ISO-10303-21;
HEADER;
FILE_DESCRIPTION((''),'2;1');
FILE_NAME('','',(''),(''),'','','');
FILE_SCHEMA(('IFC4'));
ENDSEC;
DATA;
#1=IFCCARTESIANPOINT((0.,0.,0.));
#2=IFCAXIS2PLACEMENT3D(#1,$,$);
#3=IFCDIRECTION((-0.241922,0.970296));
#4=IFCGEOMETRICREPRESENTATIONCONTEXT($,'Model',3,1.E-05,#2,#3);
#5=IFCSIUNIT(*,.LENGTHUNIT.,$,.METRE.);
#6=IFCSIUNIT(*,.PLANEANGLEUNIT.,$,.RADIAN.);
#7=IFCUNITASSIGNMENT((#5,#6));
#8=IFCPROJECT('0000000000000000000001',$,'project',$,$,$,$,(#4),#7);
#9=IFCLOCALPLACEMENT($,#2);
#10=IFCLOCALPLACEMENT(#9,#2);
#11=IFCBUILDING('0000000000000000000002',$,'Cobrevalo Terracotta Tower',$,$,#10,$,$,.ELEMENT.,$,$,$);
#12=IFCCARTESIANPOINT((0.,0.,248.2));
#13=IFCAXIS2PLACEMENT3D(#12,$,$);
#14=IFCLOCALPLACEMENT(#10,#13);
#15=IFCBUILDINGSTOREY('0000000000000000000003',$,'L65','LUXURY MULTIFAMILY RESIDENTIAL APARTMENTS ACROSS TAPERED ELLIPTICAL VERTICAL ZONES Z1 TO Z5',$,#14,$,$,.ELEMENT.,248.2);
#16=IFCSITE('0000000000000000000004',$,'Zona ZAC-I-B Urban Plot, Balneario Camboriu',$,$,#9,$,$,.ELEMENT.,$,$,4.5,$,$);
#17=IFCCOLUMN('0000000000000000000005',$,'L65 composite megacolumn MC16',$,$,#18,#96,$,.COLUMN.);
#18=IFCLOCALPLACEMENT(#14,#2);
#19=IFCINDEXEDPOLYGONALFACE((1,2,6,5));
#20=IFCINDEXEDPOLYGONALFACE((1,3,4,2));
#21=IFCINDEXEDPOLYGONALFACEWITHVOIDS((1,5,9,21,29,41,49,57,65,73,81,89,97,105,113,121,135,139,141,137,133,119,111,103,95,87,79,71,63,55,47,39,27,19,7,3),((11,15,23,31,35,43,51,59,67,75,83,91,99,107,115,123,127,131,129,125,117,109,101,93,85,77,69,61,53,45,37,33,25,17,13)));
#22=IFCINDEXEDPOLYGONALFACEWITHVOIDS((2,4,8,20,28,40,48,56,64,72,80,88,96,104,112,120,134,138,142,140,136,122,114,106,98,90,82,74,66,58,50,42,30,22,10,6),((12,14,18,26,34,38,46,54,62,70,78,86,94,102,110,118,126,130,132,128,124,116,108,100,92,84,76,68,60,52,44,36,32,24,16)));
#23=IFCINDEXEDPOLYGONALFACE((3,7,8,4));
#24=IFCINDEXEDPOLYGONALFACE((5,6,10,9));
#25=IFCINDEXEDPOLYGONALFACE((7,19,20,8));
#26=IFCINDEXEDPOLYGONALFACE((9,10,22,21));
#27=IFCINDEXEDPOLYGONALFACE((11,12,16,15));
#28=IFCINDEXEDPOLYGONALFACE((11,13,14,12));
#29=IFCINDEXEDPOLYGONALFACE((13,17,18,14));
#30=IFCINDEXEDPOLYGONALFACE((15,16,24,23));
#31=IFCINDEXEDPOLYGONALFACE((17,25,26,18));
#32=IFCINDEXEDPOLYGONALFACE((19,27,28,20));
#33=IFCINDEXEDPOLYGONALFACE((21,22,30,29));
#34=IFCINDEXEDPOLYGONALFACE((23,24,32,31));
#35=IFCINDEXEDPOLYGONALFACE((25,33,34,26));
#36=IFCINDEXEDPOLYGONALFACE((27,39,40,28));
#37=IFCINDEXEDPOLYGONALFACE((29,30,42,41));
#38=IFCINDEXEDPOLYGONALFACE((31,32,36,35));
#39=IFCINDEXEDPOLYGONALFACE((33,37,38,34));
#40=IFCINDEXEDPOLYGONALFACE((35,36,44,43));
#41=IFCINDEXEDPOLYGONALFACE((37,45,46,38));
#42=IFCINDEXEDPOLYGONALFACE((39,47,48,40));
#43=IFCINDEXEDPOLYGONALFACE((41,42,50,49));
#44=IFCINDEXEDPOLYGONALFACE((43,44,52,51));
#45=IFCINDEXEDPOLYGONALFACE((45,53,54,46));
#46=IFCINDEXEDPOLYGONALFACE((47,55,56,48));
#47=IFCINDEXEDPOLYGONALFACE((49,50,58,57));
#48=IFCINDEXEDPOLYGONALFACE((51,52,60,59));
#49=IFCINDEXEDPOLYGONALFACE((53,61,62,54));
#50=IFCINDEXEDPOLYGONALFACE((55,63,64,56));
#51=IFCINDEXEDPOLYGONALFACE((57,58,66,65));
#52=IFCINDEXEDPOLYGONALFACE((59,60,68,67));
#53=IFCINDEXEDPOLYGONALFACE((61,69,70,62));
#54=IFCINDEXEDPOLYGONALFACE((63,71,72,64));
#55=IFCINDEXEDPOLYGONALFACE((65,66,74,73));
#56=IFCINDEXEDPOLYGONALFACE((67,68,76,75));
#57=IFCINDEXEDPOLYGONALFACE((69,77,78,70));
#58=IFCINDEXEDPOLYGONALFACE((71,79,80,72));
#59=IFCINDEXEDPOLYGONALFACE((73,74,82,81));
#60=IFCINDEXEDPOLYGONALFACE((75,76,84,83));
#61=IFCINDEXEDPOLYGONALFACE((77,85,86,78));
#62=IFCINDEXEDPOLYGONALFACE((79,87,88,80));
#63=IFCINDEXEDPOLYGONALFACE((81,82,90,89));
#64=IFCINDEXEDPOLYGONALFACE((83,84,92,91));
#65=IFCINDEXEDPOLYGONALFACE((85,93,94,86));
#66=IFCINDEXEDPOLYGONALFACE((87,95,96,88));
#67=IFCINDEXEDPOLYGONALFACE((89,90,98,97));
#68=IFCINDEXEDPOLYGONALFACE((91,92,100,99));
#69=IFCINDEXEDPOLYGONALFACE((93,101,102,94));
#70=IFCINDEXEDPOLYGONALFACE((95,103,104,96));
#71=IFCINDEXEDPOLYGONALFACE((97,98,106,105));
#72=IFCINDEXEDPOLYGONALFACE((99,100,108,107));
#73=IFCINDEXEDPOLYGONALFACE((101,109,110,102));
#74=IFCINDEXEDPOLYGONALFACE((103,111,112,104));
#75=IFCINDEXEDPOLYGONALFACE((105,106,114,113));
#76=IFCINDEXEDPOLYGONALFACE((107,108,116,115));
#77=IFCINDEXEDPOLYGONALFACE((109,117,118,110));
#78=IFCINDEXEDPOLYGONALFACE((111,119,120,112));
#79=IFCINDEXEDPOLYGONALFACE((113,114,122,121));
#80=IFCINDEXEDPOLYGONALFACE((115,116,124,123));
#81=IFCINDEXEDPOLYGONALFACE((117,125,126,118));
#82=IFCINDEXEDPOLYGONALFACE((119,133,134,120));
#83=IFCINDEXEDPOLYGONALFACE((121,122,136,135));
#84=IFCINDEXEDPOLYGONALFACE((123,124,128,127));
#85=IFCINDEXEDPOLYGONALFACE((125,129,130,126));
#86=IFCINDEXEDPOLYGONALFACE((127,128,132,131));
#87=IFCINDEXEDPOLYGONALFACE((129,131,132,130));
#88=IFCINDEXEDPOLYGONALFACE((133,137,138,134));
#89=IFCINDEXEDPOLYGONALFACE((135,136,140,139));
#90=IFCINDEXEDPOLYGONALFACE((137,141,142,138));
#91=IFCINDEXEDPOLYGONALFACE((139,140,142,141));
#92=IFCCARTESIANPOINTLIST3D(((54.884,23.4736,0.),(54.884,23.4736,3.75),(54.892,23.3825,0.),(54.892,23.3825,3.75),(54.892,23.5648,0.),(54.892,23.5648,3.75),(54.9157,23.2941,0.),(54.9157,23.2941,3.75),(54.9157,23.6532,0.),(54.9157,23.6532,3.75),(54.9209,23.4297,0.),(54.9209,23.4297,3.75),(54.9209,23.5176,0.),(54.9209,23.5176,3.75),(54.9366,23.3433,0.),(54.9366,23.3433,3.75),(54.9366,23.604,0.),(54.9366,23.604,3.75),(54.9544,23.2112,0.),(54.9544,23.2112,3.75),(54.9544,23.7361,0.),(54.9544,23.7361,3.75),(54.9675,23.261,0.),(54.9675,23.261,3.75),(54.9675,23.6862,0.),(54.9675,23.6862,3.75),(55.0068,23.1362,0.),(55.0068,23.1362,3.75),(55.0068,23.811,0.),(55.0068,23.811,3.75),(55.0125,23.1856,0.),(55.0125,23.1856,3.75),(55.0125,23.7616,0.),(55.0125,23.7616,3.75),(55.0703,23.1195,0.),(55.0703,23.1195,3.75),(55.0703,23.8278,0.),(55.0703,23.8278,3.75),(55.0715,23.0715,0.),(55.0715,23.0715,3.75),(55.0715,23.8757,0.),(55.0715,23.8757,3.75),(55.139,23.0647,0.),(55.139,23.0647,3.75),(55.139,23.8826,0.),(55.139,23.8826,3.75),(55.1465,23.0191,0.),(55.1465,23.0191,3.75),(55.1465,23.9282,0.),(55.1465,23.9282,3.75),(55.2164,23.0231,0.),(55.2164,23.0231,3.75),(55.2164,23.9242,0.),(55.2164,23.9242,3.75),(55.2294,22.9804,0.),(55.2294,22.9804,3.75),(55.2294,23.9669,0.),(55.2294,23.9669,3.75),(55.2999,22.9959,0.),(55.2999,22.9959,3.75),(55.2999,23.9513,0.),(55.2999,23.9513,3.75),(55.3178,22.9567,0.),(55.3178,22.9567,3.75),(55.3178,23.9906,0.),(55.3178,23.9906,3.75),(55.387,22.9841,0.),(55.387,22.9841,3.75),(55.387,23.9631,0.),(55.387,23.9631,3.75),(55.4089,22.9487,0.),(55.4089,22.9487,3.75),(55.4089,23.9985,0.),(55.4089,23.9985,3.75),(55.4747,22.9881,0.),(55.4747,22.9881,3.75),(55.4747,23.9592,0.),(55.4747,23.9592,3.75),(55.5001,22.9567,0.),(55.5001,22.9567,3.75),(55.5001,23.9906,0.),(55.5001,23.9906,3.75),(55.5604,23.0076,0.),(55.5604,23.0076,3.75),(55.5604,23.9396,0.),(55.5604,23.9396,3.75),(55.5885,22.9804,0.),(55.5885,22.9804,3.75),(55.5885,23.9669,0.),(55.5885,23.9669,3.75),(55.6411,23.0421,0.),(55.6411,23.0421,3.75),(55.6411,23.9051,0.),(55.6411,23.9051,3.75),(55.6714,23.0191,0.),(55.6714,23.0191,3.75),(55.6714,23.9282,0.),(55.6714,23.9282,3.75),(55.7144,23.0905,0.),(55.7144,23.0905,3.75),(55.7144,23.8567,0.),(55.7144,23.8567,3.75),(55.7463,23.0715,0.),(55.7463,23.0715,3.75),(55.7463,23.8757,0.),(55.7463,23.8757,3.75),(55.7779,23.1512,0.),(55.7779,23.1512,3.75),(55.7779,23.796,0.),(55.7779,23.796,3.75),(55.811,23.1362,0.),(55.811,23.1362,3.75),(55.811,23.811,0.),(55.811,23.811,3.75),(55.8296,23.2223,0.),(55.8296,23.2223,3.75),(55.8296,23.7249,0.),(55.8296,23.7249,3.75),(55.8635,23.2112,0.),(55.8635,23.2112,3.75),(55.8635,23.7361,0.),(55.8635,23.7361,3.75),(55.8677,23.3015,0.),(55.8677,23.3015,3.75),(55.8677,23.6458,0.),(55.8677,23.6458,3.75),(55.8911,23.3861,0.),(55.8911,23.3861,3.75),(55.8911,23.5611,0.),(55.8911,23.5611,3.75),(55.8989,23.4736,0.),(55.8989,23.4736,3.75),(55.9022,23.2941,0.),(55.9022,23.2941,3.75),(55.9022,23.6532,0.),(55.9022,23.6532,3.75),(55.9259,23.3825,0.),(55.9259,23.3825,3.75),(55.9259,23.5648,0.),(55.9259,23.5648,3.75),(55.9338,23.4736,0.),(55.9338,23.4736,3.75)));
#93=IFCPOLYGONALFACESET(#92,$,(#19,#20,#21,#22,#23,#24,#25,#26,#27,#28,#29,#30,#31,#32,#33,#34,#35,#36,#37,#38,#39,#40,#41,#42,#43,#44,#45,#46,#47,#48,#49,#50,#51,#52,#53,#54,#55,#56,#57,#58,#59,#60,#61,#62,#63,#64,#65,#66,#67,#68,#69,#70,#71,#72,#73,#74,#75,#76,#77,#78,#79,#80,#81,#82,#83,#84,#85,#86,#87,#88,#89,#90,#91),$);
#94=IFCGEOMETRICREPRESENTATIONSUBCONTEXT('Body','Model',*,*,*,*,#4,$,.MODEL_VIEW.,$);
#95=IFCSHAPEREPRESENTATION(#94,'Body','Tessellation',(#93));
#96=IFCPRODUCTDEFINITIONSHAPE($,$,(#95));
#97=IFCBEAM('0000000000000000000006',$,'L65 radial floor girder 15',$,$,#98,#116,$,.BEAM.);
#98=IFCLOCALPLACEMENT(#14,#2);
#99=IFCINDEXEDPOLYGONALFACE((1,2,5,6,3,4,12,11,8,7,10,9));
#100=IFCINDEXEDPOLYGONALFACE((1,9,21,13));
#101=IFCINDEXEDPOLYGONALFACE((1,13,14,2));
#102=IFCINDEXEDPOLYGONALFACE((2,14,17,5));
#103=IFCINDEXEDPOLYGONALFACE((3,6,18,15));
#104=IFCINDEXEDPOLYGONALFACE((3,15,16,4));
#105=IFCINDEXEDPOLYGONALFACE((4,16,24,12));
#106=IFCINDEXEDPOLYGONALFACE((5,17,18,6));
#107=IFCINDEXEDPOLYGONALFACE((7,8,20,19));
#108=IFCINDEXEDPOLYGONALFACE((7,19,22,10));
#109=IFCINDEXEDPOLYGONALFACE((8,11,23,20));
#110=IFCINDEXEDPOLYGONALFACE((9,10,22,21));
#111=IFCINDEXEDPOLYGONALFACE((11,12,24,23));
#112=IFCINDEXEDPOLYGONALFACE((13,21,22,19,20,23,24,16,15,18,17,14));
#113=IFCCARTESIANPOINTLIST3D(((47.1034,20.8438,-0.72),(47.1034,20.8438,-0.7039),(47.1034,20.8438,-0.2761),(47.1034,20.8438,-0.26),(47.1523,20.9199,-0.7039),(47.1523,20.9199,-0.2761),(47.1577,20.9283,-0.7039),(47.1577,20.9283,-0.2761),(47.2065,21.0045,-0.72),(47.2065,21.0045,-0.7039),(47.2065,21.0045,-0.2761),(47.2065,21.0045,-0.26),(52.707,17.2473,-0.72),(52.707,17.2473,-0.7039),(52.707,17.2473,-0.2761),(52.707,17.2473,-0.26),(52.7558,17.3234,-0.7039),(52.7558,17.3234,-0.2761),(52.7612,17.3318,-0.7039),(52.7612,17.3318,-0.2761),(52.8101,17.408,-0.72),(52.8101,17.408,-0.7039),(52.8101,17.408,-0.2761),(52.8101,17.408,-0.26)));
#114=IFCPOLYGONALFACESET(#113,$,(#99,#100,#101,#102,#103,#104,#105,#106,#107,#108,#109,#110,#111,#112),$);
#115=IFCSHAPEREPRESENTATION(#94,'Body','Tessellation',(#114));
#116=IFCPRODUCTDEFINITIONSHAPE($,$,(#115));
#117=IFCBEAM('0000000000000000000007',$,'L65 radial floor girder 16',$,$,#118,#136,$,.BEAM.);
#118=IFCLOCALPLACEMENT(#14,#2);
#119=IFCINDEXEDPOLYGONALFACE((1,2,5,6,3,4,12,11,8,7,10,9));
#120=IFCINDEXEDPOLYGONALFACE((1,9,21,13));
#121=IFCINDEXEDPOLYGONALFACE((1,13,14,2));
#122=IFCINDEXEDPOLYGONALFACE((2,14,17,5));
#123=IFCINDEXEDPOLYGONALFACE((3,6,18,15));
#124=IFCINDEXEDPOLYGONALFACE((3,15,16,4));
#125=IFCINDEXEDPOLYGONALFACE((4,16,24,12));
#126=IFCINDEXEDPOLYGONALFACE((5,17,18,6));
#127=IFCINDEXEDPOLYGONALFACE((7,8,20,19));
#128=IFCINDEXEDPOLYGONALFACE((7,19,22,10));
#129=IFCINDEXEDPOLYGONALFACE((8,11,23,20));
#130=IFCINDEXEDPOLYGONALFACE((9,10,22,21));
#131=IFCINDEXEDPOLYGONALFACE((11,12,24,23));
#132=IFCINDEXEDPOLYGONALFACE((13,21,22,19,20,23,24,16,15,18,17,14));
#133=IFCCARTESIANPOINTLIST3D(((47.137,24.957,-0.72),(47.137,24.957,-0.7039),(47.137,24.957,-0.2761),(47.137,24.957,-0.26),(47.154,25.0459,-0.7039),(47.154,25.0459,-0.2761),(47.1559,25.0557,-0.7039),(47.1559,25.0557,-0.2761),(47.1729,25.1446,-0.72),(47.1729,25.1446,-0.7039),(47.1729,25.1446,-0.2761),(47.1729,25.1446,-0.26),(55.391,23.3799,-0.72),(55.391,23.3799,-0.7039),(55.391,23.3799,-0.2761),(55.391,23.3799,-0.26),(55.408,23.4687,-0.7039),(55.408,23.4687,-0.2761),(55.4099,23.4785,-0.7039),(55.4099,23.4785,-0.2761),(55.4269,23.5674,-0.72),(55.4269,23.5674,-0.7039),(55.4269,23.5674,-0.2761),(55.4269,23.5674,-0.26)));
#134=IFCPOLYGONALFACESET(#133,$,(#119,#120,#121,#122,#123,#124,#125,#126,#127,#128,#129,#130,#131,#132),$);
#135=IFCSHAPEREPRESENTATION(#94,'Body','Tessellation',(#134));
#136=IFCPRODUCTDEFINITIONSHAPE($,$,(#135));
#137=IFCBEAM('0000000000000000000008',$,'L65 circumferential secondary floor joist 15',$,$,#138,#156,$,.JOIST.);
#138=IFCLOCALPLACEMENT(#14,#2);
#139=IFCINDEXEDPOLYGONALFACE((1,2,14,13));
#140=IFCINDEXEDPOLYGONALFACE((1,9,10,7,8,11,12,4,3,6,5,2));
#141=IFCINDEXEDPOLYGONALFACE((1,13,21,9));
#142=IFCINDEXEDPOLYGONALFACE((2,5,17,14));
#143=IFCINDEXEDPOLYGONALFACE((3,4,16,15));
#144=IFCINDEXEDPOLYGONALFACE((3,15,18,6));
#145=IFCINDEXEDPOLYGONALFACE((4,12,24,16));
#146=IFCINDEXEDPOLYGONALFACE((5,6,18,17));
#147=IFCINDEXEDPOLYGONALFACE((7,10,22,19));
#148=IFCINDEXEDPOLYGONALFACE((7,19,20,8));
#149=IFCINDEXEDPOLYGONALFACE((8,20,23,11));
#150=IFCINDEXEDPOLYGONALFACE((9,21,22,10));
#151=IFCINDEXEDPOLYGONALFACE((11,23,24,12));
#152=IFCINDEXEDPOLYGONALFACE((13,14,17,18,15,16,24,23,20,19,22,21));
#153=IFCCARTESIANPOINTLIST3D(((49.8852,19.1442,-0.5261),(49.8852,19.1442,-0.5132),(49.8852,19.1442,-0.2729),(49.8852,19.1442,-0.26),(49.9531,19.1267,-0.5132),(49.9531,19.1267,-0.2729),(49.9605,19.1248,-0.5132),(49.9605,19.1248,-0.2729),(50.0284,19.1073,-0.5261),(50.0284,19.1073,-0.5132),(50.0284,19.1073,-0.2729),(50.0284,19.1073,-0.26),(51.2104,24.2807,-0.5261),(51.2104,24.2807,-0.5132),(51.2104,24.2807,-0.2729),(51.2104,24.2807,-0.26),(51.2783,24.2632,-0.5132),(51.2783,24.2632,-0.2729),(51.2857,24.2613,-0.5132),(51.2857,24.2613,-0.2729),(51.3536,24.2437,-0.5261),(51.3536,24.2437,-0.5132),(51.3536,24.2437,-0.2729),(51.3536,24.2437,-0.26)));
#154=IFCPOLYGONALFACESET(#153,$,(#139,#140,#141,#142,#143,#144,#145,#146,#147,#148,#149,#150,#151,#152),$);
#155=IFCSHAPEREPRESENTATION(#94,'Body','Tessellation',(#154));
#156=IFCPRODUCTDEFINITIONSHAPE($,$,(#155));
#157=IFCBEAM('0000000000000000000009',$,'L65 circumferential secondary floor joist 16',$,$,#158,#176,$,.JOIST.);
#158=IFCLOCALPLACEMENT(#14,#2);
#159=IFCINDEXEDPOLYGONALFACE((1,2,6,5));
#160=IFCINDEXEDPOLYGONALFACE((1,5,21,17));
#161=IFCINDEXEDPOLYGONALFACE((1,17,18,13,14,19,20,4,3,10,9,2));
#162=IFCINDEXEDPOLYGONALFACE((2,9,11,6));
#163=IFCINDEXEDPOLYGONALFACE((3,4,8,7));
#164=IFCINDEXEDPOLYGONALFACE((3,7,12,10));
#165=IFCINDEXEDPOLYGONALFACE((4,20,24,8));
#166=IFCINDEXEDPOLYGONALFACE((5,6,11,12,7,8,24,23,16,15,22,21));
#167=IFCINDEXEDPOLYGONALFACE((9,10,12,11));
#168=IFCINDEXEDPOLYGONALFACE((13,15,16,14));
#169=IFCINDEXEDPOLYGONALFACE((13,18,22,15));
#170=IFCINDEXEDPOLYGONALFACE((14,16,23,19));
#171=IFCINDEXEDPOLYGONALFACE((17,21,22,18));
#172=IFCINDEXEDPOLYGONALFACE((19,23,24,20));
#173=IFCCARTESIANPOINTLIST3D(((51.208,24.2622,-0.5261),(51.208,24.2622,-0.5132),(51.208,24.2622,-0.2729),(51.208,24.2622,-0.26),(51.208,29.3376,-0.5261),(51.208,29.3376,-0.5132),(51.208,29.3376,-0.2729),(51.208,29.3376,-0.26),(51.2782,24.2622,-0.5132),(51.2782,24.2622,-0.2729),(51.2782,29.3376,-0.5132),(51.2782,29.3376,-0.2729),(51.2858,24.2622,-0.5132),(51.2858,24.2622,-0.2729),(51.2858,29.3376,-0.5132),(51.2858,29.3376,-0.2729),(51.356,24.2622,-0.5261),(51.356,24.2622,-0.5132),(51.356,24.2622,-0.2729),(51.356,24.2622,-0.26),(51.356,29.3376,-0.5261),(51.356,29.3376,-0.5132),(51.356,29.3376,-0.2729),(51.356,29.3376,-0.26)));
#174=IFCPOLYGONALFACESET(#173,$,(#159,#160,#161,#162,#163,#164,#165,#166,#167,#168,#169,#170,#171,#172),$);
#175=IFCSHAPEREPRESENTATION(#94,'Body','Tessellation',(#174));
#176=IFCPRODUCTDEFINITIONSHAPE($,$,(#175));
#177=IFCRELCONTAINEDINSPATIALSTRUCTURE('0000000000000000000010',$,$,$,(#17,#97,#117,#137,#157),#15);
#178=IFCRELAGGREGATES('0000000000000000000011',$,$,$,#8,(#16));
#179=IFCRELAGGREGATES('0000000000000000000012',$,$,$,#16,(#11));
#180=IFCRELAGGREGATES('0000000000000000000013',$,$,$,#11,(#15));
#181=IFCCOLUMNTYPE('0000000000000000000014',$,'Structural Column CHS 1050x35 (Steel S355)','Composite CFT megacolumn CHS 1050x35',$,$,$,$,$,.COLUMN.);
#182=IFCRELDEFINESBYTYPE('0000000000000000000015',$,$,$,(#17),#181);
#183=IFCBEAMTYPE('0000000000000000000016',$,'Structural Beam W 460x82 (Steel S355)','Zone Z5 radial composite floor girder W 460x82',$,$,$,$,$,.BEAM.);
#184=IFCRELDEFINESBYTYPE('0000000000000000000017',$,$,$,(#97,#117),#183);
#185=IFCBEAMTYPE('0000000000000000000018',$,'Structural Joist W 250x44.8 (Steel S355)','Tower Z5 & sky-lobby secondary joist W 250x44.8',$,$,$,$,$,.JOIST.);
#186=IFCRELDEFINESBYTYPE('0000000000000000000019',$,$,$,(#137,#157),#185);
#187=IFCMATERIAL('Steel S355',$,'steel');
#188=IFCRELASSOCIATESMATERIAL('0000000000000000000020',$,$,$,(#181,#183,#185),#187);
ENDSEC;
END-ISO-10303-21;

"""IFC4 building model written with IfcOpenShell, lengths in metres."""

from ifc_helpers import new_model, si_unit, direction, frame, origin, origin_2d, place, context, subcontext, project, spatial, hollow_circle, i_section, extrude, material, material_profile, profile_set, type_object, element, save


model = new_model("IFC4")

# Units and contexts
model_context = context("Model", 3, precision=1e-05, world=origin(), true_north=direction((-0.241922, 0.970296)))
body_context = subcontext(model_context, "Body", "Model", "MODEL_VIEW")
ifc_project = project(units=[si_unit("LENGTHUNIT", "METRE"), si_unit("PLANEANGLEUNIT", "RADIAN")], contexts=[model_context])

# Site, building, storey
site_placement = place(None, origin())
site = spatial("IfcSite", under=ifc_project, at=site_placement, Name="Zona ZAC-I-B Urban Plot, Balneario Camboriu", CompositionType="ELEMENT", RefElevation=4.5)
building_placement = place(site_placement, origin())
building = spatial("IfcBuilding", under=site, at=building_placement, Name="Cobrevalo Terracotta Tower", CompositionType="ELEMENT")
storey_placement = place(building_placement, frame((0.0, 0.0, 248.2)))
storey = spatial("IfcBuildingStorey", under=building, at=storey_placement, Name="L65", Description="LUXURY MULTIFAMILY RESIDENTIAL APARTMENTS ACROSS TAPERED ELLIPTICAL VERTICAL ZONES Z1 TO Z5", CompositionType="ELEMENT", Elevation=248.2)

# Column
ifc_material_1 = material(Name="Steel S355", Category="steel")
ifc_material_profile_1 = material_profile(ifc_material_1, hollow_circle(Radius=0.5249, WallThickness=0.0349, at=origin_2d()), Name="CHS 1050x35")
ifc_profile_set_1 = profile_set([ifc_material_profile_1], Name="Steel S355")
column_type = type_object("IfcColumnType", Name="Structural Column CHS 1050x35 (Steel S355)", Description="Composite CFT megacolumn CHS 1050x35", PredefinedType="COLUMN", material=ifc_profile_set_1)
column_placement = place(storey_placement, frame((55.4089, 23.4736, 0.0), z_axis=(0.0, 0.0, 1.0), x_axis=(1.0, 0.0, 0.0)))
element("IfcColumn", 1, at=column_placement, inside=storey, type_object=column_type, Name="L65 composite megacolumn MC16", PredefinedType="COLUMN", context=body_context, shape_type="SweptSolid", body=[
    extrude(hollow_circle(Radius=0.5249, WallThickness=0.0349, at=origin_2d()), origin(), (0.0, 0.0, 1.0), 3.75),
])

# Beams
ifc_material_profile_2 = material_profile(ifc_material_1, i_section(OverallWidth=0.1909, OverallDepth=0.46, WebThickness=0.01, FlangeThickness=0.0161, at=origin_2d()), Name="W 460x82")
ifc_profile_set_2 = profile_set([ifc_material_profile_2], Name="Steel S355")
beam_type_1 = type_object("IfcBeamType", Name="Structural Beam W 460x82 (Steel S355)", Description="Zone Z5 radial composite floor girder W 460x82", PredefinedType="BEAM", material=ifc_profile_set_2)
beam_1_placement = place(storey_placement, frame((52.7585, 17.3276, -0.49), z_axis=(-0.841576, 0.540138, 0.0), x_axis=(-0.540138, -0.841576, 0.0)))
element("IfcBeam", 2, at=beam_1_placement, inside=storey, type_object=beam_type_1, Name="L65 radial floor girder 15", PredefinedType="BEAM", context=body_context, shape_type="SweptSolid", body=[
    extrude(i_section(OverallWidth=0.1909, OverallDepth=0.46, WebThickness=0.01, FlangeThickness=0.0161, at=origin_2d()), origin(), (0.0, 0.0, 1.0), 6.6584),
])
beam_2_placement = place(storey_placement, frame((55.4089, 23.4736, -0.49), z_axis=(-0.98223, 0.187683, 0.0), x_axis=(-0.187683, -0.98223, 0.0)))
element("IfcBeam", 3, at=beam_2_placement, inside=storey, type_object=beam_type_1, Name="L65 radial floor girder 16", PredefinedType="BEAM", context=body_context, shape_type="SweptSolid", body=[
    extrude(i_section(OverallWidth=0.1909, OverallDepth=0.46, WebThickness=0.01, FlangeThickness=0.0161, at=origin_2d()), origin(), (0.0, 0.0, 1.0), 8.4033),
])
ifc_material_profile_3 = material_profile(ifc_material_1, i_section(OverallWidth=0.1479, OverallDepth=0.2661, WebThickness=0.0076, FlangeThickness=0.0129, at=origin_2d()), Name="W 250x44.8")
ifc_profile_set_3 = profile_set([ifc_material_profile_3], Name="Steel S355")
beam_type_2 = type_object("IfcBeamType", Name="Structural Joist W 250x44.8 (Steel S355)", Description="Tower Z5 & sky-lobby secondary joist W 250x44.8", PredefinedType="JOIST", material=ifc_profile_set_3)
beam_3_placement = place(storey_placement, frame((49.9568, 19.1257, -0.3931), z_axis=(0.249817, 0.968293, 0.0), x_axis=(-0.968293, 0.249817, 0.0)))
element("IfcBeam", 4, at=beam_3_placement, inside=storey, type_object=beam_type_2, Name="L65 circumferential secondary floor joist 15", PredefinedType="JOIST", context=body_context, shape_type="SweptSolid", body=[
    extrude(i_section(OverallWidth=0.1479, OverallDepth=0.2661, WebThickness=0.0076, FlangeThickness=0.0129, at=origin_2d()), origin(), (0.0, 0.0, 1.0), 5.3047),
])
beam_4_placement = place(storey_placement, frame((51.282, 24.2622, -0.3931), z_axis=(0.0, 1.0, 0.0), x_axis=(-1.0, 0.0, 0.0)))
element("IfcBeam", 5, at=beam_4_placement, inside=storey, type_object=beam_type_2, Name="L65 circumferential secondary floor joist 16", PredefinedType="JOIST", context=body_context, shape_type="SweptSolid", body=[
    extrude(i_section(OverallWidth=0.1479, OverallDepth=0.2661, WebThickness=0.0076, FlangeThickness=0.0129, at=origin_2d()), origin(), (0.0, 0.0, 1.0), 5.0754),
])

save(model, "model.ifc")
